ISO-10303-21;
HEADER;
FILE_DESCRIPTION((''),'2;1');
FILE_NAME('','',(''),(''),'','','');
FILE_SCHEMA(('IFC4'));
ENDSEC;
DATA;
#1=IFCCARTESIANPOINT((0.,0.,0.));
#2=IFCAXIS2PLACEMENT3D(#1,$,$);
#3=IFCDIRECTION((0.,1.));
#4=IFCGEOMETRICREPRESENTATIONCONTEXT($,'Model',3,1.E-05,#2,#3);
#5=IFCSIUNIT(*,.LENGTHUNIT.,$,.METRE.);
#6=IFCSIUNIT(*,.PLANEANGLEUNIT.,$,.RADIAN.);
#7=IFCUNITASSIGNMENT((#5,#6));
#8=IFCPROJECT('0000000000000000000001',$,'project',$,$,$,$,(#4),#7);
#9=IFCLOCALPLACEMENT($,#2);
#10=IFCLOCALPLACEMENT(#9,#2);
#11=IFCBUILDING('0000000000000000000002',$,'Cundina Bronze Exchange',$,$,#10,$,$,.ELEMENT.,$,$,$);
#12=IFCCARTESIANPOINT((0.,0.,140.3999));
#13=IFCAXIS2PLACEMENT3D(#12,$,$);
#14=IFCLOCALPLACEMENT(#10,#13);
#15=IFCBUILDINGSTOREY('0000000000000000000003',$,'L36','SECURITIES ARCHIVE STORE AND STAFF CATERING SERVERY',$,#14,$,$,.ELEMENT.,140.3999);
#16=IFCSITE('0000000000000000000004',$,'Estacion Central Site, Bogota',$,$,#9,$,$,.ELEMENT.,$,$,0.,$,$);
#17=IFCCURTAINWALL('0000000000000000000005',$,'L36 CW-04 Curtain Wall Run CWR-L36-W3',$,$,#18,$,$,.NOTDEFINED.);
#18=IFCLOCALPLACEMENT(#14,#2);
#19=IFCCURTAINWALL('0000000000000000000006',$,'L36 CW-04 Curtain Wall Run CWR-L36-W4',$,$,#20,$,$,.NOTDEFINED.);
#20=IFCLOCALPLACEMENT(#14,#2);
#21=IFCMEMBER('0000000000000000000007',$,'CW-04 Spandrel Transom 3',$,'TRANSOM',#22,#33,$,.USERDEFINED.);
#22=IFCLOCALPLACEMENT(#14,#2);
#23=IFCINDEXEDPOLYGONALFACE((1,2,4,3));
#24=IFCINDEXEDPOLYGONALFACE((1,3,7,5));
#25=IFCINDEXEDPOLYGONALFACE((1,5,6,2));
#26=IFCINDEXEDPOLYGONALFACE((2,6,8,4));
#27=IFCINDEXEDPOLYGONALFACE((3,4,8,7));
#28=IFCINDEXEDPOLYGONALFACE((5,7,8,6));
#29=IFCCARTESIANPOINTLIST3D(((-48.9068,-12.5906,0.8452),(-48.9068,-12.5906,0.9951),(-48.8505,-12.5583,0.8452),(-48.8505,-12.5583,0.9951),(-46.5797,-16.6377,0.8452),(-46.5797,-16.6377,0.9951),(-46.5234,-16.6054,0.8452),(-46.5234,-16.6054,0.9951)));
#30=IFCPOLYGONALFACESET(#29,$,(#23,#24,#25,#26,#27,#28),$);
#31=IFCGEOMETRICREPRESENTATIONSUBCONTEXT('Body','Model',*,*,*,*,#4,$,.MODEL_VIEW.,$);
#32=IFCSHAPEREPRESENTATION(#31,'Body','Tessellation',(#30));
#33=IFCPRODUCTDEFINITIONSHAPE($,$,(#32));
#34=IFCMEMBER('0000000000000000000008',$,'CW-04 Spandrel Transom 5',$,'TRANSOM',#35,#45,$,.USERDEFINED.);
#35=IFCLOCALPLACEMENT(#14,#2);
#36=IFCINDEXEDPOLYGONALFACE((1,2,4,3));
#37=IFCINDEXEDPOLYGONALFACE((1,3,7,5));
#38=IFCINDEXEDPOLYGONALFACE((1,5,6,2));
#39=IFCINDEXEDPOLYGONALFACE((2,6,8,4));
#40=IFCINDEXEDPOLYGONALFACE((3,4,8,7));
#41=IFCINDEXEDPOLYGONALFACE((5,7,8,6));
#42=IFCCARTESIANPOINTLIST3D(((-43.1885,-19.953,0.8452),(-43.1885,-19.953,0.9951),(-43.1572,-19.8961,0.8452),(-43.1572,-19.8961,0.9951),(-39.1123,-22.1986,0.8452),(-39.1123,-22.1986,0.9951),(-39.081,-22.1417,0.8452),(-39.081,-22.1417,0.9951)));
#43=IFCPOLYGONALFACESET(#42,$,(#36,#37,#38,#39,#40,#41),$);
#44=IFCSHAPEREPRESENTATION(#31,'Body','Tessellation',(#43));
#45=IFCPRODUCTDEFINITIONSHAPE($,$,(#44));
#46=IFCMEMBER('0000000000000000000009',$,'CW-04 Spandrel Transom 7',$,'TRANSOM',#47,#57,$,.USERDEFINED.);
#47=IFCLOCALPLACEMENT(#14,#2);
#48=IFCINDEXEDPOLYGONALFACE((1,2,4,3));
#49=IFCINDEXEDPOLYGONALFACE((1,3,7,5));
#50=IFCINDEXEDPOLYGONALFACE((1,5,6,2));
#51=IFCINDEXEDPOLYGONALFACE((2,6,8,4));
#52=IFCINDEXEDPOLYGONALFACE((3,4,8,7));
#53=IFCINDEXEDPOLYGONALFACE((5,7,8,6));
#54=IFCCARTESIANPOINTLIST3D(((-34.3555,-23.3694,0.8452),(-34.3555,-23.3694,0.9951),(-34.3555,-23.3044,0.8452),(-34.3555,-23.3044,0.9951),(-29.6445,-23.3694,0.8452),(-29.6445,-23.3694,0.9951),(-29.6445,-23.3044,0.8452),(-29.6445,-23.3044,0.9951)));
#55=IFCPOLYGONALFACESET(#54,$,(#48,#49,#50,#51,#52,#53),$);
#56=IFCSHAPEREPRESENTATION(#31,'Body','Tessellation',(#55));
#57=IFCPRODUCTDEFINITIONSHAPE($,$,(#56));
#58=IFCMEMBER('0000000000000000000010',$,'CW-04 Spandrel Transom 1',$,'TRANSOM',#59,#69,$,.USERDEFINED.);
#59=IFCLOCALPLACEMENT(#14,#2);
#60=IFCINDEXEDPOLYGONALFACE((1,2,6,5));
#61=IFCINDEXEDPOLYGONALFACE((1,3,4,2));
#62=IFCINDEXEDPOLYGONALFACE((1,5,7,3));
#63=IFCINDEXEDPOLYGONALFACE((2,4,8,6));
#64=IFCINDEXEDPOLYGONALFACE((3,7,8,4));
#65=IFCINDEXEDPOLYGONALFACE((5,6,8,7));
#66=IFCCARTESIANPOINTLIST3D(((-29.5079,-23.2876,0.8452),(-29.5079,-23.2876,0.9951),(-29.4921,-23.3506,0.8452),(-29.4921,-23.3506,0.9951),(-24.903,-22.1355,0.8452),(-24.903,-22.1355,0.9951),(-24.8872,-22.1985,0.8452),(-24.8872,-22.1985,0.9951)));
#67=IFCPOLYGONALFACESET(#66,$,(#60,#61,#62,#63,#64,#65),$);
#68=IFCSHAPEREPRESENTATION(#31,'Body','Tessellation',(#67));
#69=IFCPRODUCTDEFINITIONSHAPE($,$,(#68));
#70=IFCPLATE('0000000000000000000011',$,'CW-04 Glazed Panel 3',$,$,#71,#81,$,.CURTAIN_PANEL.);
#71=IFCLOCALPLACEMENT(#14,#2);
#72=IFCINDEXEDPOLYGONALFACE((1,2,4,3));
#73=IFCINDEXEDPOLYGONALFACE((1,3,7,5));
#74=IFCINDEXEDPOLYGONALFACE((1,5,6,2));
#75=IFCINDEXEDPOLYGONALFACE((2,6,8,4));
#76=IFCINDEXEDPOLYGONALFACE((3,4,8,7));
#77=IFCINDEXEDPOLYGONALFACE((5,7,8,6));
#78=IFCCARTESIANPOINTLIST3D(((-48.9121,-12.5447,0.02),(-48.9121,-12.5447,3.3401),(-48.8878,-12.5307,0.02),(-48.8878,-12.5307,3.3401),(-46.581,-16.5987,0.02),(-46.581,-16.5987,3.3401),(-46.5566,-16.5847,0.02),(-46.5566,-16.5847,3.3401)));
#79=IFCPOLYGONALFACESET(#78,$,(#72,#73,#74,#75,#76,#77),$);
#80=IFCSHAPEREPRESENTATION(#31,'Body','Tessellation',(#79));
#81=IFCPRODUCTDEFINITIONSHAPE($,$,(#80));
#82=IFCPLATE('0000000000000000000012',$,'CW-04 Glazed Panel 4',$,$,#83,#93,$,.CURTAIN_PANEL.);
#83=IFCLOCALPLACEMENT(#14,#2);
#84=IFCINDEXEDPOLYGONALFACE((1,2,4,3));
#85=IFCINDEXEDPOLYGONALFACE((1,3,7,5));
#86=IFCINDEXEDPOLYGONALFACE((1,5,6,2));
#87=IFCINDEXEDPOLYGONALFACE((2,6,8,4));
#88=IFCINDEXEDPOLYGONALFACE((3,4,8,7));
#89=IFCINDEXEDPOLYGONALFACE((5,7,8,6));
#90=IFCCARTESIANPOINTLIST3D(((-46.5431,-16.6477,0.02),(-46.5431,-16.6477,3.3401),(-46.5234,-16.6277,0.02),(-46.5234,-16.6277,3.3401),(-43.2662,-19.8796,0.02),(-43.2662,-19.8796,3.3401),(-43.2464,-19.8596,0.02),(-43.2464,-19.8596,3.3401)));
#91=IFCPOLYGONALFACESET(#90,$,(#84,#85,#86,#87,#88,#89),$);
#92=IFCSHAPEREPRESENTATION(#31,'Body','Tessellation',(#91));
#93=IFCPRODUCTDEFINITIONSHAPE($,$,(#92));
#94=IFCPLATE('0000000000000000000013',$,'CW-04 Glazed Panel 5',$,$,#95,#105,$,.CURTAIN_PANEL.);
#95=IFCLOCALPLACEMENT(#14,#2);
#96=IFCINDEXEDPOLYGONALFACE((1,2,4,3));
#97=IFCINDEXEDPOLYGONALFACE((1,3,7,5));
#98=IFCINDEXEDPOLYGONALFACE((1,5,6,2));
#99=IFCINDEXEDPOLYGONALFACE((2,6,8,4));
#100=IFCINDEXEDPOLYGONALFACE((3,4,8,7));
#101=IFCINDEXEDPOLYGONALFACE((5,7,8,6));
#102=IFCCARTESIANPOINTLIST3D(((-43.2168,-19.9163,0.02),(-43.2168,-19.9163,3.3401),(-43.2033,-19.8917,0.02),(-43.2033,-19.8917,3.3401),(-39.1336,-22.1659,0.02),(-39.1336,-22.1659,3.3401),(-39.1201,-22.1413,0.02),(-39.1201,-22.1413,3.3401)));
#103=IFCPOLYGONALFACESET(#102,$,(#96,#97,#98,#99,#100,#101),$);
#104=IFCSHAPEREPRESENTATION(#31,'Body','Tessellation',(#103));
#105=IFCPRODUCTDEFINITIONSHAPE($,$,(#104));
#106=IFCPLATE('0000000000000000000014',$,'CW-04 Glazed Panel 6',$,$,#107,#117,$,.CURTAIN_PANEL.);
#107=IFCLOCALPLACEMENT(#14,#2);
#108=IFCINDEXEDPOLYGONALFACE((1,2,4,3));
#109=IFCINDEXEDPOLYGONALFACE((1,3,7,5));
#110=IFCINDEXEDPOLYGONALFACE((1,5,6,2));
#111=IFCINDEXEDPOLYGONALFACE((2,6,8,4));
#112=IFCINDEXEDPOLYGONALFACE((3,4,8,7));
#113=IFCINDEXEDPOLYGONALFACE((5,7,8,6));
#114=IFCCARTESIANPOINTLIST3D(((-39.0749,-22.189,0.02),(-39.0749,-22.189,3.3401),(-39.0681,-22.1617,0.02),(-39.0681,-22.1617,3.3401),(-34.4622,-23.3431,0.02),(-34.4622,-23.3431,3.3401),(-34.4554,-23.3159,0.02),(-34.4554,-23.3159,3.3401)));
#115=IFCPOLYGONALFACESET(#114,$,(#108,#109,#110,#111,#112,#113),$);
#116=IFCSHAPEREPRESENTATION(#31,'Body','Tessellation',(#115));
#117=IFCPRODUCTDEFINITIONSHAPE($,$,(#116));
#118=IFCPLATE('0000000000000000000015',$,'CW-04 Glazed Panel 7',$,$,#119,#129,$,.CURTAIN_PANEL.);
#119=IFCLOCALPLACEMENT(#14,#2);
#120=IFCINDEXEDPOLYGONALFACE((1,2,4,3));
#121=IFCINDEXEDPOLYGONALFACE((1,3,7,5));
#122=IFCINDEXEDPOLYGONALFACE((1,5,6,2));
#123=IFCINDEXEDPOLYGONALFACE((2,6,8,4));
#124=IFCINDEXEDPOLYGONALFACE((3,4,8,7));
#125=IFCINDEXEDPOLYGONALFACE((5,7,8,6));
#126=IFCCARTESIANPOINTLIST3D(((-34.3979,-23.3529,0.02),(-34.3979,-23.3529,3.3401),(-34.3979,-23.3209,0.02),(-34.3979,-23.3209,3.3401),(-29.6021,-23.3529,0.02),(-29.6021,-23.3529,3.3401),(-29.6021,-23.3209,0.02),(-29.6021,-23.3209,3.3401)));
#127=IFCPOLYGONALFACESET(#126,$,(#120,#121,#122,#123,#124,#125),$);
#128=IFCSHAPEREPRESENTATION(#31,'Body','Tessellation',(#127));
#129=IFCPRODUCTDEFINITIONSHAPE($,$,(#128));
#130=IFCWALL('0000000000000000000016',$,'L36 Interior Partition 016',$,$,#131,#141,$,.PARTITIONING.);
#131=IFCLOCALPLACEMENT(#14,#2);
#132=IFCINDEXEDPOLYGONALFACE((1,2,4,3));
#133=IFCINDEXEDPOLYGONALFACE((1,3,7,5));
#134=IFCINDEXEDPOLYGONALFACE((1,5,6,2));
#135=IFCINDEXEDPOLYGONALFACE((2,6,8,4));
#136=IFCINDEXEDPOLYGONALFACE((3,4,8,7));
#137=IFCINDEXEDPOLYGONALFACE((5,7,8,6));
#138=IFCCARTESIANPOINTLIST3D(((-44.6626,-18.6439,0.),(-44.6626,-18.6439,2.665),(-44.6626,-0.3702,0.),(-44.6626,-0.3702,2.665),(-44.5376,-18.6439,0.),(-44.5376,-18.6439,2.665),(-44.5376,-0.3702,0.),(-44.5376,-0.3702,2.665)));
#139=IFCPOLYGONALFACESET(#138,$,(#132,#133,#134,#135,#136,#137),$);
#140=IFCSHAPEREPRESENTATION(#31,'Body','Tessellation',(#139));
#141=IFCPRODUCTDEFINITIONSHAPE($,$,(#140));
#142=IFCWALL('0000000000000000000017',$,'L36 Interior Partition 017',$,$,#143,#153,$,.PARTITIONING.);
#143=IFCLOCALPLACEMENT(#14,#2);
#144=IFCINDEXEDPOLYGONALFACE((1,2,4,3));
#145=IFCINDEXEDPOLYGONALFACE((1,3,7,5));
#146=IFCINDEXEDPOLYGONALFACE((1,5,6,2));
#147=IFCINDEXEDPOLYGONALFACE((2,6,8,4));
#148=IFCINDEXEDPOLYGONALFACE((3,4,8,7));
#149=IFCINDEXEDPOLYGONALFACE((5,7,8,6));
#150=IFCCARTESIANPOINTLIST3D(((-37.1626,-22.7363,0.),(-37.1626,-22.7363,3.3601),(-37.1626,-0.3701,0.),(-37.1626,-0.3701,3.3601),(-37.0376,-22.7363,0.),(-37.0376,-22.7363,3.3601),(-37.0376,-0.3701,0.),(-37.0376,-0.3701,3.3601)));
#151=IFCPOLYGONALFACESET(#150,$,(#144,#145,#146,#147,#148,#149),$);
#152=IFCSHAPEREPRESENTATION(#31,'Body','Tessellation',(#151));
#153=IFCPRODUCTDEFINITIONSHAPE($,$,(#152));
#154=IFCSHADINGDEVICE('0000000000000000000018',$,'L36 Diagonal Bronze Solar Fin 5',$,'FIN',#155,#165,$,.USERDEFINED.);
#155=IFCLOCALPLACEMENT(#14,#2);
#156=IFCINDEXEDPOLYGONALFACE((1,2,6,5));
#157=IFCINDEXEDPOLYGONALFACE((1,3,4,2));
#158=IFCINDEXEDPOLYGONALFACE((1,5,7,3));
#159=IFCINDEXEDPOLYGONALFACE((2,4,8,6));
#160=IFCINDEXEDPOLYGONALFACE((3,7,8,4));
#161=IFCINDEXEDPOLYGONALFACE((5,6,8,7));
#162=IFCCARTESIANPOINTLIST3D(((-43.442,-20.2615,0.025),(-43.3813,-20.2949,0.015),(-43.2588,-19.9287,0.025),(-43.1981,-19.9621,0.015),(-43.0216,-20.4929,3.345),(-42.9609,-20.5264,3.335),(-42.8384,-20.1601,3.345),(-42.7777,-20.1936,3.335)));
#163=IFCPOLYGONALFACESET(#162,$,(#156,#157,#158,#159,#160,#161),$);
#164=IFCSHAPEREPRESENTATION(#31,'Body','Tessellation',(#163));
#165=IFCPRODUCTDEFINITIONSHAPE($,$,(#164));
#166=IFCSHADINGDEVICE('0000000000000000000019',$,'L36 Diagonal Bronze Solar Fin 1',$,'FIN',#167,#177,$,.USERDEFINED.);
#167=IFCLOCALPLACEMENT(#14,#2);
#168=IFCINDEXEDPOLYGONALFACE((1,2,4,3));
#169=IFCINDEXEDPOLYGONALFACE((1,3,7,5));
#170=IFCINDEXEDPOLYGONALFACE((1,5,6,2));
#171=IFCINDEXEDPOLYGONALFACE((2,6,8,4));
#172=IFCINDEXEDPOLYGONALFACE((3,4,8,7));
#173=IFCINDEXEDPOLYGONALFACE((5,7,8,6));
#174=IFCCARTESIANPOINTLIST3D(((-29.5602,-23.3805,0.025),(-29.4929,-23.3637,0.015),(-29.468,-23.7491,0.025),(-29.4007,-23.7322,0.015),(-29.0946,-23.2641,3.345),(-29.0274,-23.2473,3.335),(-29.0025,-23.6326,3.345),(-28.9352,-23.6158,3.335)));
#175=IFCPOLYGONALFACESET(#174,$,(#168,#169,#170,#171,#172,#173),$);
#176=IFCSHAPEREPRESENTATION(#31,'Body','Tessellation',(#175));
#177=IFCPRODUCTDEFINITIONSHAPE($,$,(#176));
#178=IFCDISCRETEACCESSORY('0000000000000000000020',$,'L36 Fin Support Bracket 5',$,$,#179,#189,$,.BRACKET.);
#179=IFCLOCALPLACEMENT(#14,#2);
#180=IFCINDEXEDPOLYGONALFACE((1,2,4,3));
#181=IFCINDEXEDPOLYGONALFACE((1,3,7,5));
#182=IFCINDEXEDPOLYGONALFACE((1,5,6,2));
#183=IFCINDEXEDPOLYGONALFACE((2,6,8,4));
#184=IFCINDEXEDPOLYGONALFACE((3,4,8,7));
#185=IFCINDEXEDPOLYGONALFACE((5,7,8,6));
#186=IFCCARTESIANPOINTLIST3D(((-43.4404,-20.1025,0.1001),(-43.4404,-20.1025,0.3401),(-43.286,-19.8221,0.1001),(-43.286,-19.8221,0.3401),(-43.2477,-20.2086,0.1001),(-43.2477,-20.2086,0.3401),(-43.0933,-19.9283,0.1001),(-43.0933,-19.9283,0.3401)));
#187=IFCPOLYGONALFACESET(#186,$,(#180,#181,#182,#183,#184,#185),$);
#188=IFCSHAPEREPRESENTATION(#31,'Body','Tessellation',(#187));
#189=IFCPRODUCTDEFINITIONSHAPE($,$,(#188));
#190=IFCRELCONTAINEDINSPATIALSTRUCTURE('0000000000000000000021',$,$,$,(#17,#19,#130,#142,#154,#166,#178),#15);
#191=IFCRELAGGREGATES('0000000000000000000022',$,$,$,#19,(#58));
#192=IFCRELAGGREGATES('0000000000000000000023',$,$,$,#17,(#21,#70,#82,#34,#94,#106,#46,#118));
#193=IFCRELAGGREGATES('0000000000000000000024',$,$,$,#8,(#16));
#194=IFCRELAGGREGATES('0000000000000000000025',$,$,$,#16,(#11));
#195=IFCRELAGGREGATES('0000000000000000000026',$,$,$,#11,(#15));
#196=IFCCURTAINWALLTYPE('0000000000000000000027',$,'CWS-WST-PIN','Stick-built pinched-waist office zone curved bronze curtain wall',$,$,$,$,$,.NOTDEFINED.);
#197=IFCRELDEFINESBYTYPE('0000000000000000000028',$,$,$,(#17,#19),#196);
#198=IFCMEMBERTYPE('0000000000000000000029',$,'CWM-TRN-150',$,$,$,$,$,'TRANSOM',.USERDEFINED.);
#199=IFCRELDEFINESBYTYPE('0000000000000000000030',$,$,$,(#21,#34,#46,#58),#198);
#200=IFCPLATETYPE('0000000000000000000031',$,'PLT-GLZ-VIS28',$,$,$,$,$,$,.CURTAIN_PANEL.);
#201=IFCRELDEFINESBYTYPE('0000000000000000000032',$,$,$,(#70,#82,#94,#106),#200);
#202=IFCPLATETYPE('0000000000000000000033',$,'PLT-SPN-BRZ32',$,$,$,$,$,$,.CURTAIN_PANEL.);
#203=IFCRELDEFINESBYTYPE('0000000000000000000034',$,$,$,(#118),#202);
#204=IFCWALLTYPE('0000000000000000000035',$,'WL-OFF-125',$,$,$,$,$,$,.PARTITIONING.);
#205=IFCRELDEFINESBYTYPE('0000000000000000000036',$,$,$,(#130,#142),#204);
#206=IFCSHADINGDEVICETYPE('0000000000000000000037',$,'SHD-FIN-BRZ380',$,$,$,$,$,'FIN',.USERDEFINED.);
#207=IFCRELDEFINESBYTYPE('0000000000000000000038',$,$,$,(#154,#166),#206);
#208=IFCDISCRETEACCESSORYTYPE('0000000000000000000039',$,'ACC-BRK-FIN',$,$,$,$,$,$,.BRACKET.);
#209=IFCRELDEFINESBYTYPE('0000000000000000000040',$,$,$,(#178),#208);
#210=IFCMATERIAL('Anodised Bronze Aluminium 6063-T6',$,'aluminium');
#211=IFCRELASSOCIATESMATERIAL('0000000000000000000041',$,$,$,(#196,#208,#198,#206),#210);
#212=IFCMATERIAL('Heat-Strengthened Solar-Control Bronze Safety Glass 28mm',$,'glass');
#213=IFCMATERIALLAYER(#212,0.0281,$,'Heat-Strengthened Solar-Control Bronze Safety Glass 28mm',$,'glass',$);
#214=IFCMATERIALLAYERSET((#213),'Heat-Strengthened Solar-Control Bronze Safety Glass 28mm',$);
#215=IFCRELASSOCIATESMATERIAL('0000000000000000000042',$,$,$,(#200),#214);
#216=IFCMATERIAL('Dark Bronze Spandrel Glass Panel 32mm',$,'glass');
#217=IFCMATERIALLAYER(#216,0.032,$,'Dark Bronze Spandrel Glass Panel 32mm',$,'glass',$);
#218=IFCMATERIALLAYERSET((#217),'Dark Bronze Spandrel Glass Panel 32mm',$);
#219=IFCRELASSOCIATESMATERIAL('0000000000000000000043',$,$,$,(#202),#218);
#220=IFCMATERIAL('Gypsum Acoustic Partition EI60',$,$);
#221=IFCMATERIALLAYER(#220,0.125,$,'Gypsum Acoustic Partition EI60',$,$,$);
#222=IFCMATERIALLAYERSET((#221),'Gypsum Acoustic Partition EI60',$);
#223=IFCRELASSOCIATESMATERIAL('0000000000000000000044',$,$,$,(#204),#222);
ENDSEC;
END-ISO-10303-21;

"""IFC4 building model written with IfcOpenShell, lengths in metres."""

from ifc_helpers import new_model, si_unit, direction, frame, frame_2d, origin, origin_2d, place, context, subcontext, project, spatial, rectangle, extrude, material, layer, layer_set, material_profile, profile_set, type_object, element, aggregate, save


model = new_model("IFC4")

# Units and contexts
model_context = context("Model", 3, precision=1e-05, world=origin(), true_north=direction((0.0, 1.0)))
body_context = subcontext(model_context, "Body", "Model", "MODEL_VIEW")
ifc_project = project(units=[si_unit("LENGTHUNIT", "METRE"), si_unit("PLANEANGLEUNIT", "RADIAN")], contexts=[model_context])

# Site, building, storey
site_placement = place(None, origin())
site = spatial("IfcSite", under=ifc_project, at=site_placement, Name="Estacion Central Site, Bogota", CompositionType="ELEMENT", RefElevation=0.0)
building_placement = place(site_placement, origin())
building = spatial("IfcBuilding", under=site, at=building_placement, Name="Cundina Bronze Exchange", CompositionType="ELEMENT")
storey_placement = place(building_placement, frame((0.0, 0.0, 140.3999)))
storey = spatial("IfcBuildingStorey", under=building, at=storey_placement, Name="L36", Description="SECURITIES ARCHIVE STORE AND STAFF CATERING SERVERY", CompositionType="ELEMENT", Elevation=140.3999)

# Curtain wall
ifc_material_1 = material(Name="Anodised Bronze Aluminium 6063-T6", Category="aluminium")
curtain_wall_type = type_object("IfcCurtainWallType", Name="CWS-WST-PIN", Description="Stick-built pinched-waist office zone curved bronze curtain wall", PredefinedType="NOTDEFINED", material=ifc_material_1)
curtain_wall_1_placement = place(storey_placement, origin())
curtain_wall_1 = element("IfcCurtainWall", 1, at=curtain_wall_1_placement, inside=storey, type_object=curtain_wall_type, Name="L36 CW-04 Curtain Wall Run CWR-L36-W3", PredefinedType="NOTDEFINED")

# Curtain wall
curtain_wall_2_placement = place(storey_placement, origin())
curtain_wall_2 = element("IfcCurtainWall", 2, at=curtain_wall_2_placement, inside=storey, type_object=curtain_wall_type, Name="L36 CW-04 Curtain Wall Run CWR-L36-W4", PredefinedType="NOTDEFINED")

# Members
ifc_material_profile_1 = material_profile(ifc_material_1, rectangle(XDim=0.0649, YDim=0.1499, at=origin_2d()), Name="AL65X150", Category="aluminium")
ifc_profile_set_1 = profile_set([ifc_material_profile_1], Name="Anodised Bronze Aluminium 6063-T6")
member_type_1 = type_object("IfcMemberType", Name="CWM-TRN-150", ElementType="TRANSOM", PredefinedType="USERDEFINED", material=ifc_profile_set_1)
member_1_placement = place(storey_placement, frame((-48.8787, -12.5745, 0.9202), z_axis=(0.49848, -0.866901, 0.0), x_axis=(0.866901, 0.49848, 0.0)))
member_1 = element("IfcMember", 3, at=member_1_placement, type_object=member_type_1, Name="CW-04 Spandrel Transom 3", ObjectType="TRANSOM", PredefinedType="USERDEFINED", context=body_context, shape_type="SweptSolid", body=[
    extrude(rectangle(XDim=0.0649, YDim=0.1499, at=origin_2d()), origin(), (0.0, 0.0, 1.0), 4.6685),
])
member_2_placement = place(storey_placement, frame((-43.1729, -19.9246, 0.9202), z_axis=(0.875879, -0.482531, 0.0), x_axis=(0.482531, 0.875879, 0.0)))
member_2 = element("IfcMember", 4, at=member_2_placement, type_object=member_type_1, Name="CW-04 Spandrel Transom 5", ObjectType="TRANSOM", PredefinedType="USERDEFINED", context=body_context, shape_type="SweptSolid", body=[
    extrude(rectangle(XDim=0.0649, YDim=0.1499, at=origin_2d()), origin(), (0.0, 0.0, 1.0), 4.6538),
])
member_3_placement = place(storey_placement, frame((-34.3555, -23.3369, 0.9202), z_axis=(1.0, 0.0, 0.0), x_axis=(0.0, 1.0, 0.0)))
member_3 = element("IfcMember", 5, at=member_3_placement, type_object=member_type_1, Name="CW-04 Spandrel Transom 7", ObjectType="TRANSOM", PredefinedType="USERDEFINED", context=body_context, shape_type="SweptSolid", body=[
    extrude(rectangle(XDim=0.0649, YDim=0.1499, at=origin_2d()), origin(), (0.0, 0.0, 1.0), 4.7109),
])
member_4_placement = place(storey_placement, frame((-29.5, -23.3191, 0.9202), z_axis=(0.9701, 0.242705, 0.0), x_axis=(-0.242705, 0.9701, 0.0)))
member_4 = element("IfcMember", 6, at=member_4_placement, type_object=member_type_1, Name="CW-04 Spandrel Transom 1", ObjectType="TRANSOM", PredefinedType="USERDEFINED", context=body_context, shape_type="SweptSolid", body=[
    extrude(rectangle(XDim=0.0649, YDim=0.1499, at=origin_2d()), origin(), (0.0, 0.0, 1.0), 4.7468),
])
aggregate(curtain_wall_2, [member_4])

# Plates
ifc_material_2 = material(Name="Heat-Strengthened Solar-Control Bronze Safety Glass 28mm", Category="glass")
ifc_layer_1 = layer(ifc_material_2, 0.0281, Name="Heat-Strengthened Solar-Control Bronze Safety Glass 28mm", Category="glass")
ifc_layer_set_1 = layer_set([ifc_layer_1], Name="Heat-Strengthened Solar-Control Bronze Safety Glass 28mm")
plate_type_1 = type_object("IfcPlateType", Name="PLT-GLZ-VIS28", PredefinedType="CURTAIN_PANEL", material=ifc_layer_set_1)
plate_1_placement = place(storey_placement, frame((-47.7344, -14.5647, 0.02), z_axis=(0.0, 0.0, 1.0), x_axis=(0.498488, -0.866897, 0.0)))
plate_1 = element("IfcPlate", 7, at=plate_1_placement, type_object=plate_type_1, Name="CW-04 Glazed Panel 3", PredefinedType="CURTAIN_PANEL", context=body_context, shape_type="SweptSolid", body=[
    extrude(rectangle(XDim=4.6765, YDim=0.0281, at=origin_2d()), origin(), (0.0, 0.0, 1.0), 3.3201),
])
plate_2_placement = place(storey_placement, frame((-44.8948, -18.2537, 0.02), z_axis=(0.0, 0.0, 1.0), x_axis=(0.711989, -0.70219, 0.0)))
plate_2 = element("IfcPlate", 8, at=plate_2_placement, type_object=plate_type_1, Name="CW-04 Glazed Panel 4", PredefinedType="CURTAIN_PANEL", context=body_context, shape_type="SweptSolid", body=[
    extrude(rectangle(XDim=4.6025, YDim=0.0281, at=origin_2d()), origin(), (0.0, 0.0, 1.0), 3.3201),
])
plate_3_placement = place(storey_placement, frame((-41.1685, -21.0288, 0.02), z_axis=(0.0, 0.0, 1.0), x_axis=(0.875869, -0.482549, 0.0)))
plate_3 = element("IfcPlate", 9, at=plate_3_placement, type_object=plate_type_1, Name="CW-04 Glazed Panel 5", PredefinedType="CURTAIN_PANEL", context=body_context, shape_type="SweptSolid", body=[
    extrude(rectangle(XDim=4.6619, YDim=0.0281, at=origin_2d()), origin(), (0.0, 0.0, 1.0), 3.3201),
])
plate_4_placement = place(storey_placement, frame((-36.7651, -22.7524, 0.02), z_axis=(0.0, 0.0, 1.0), x_axis=(0.970093, -0.242735, 0.0)))
plate_4 = element("IfcPlate", 10, at=plate_4_placement, type_object=plate_type_1, Name="CW-04 Glazed Panel 6", PredefinedType="CURTAIN_PANEL", context=body_context, shape_type="SweptSolid", body=[
    extrude(rectangle(XDim=4.7549, YDim=0.0281, at=origin_2d()), origin(), (0.0, 0.0, 1.0), 3.3201),
])
ifc_material_3 = material(Name="Dark Bronze Spandrel Glass Panel 32mm", Category="glass")
ifc_layer_2 = layer(ifc_material_3, 0.032, Name="Dark Bronze Spandrel Glass Panel 32mm", Category="glass")
ifc_layer_set_2 = layer_set([ifc_layer_2], Name="Dark Bronze Spandrel Glass Panel 32mm")
plate_type_2 = type_object("IfcPlateType", Name="PLT-SPN-BRZ32", PredefinedType="CURTAIN_PANEL", material=ifc_layer_set_2)
plate_5_placement = place(storey_placement, frame((-32.0, -23.3369, 0.02), z_axis=(0.0, 0.0, 1.0), x_axis=(1.0, 0.0, 0.0)))
plate_5 = element("IfcPlate", 11, at=plate_5_placement, type_object=plate_type_2, Name="CW-04 Glazed Panel 7", PredefinedType="CURTAIN_PANEL", context=body_context, shape_type="SweptSolid", body=[
    extrude(rectangle(XDim=4.7959, YDim=0.032, at=origin_2d()), origin(), (0.0, 0.0, 1.0), 3.3201),
])
aggregate(curtain_wall_1, [member_1, plate_1, plate_2, member_2, plate_3, plate_4, member_3, plate_5])

# Walls
ifc_material_4 = material(Name="Gypsum Acoustic Partition EI60")
ifc_layer_3 = layer(ifc_material_4, 0.125, Name="Gypsum Acoustic Partition EI60")
ifc_layer_set_3 = layer_set([ifc_layer_3], Name="Gypsum Acoustic Partition EI60")
wall_type = type_object("IfcWallType", Name="WL-OFF-125", PredefinedType="PARTITIONING", material=ifc_layer_set_3)
wall_1_placement = place(storey_placement, frame((-44.6001, -18.6438, 0.0), z_axis=(0.0, 0.0, 1.0), x_axis=(0.0, 1.0, 0.0)))
element("IfcWall", 12, at=wall_1_placement, inside=storey, type_object=wall_type, Name="L36 Interior Partition 016", PredefinedType="PARTITIONING", context=body_context, shape_type="SweptSolid", body=[
    extrude(rectangle(XDim=18.2737, YDim=0.125, at=frame_2d((9.1367, 0.0))), origin(), (0.0, 0.0, 1.0), 2.665),
])
wall_2_placement = place(storey_placement, frame((-37.1001, -22.7363, 0.0), z_axis=(0.0, 0.0, 1.0), x_axis=(0.0, 1.0, 0.0)))
element("IfcWall", 13, at=wall_2_placement, inside=storey, type_object=wall_type, Name="L36 Interior Partition 017", PredefinedType="PARTITIONING", context=body_context, shape_type="SweptSolid", body=[
    extrude(rectangle(XDim=22.3662, YDim=0.125, at=frame_2d((11.1831, 0.0))), origin(), (0.0, 0.0, 1.0), 3.3601),
])

# Shading devices
ifc_material_profile_2 = material_profile(ifc_material_1, rectangle(XDim=0.0701, YDim=0.3799, at=origin_2d()), Name="FIN70X380", Category="aluminium")
ifc_profile_set_2 = profile_set([ifc_material_profile_2], Name="Anodised Bronze Aluminium 6063-T6")
shading_device_type = type_object("IfcShadingDeviceType", Name="SHD-FIN-BRZ380", ElementType="FIN", PredefinedType="USERDEFINED", material=ifc_profile_set_2)
for number, where, z_axis, x_axis, name in (
    (14, (-43.3201, -20.1118, 0.02), (0.125324, -0.068994, 0.989714), (-0.867012, 0.47731, 0.143061), "L36 Diagonal Bronze Solar Fin 5"),
    (15, (-29.4805, -23.5564, 0.02), (0.138788, 0.034715, 0.989713), (-0.960133, -0.240159, 0.143064), "L36 Diagonal Bronze Solar Fin 1"),
):
    element("IfcShadingDevice", number, at=place(storey_placement, frame(where, z_axis=z_axis, x_axis=x_axis)), inside=storey, type_object=shading_device_type, Name=name, ObjectType="FIN", PredefinedType="USERDEFINED", context=body_context, shape_type="SweptSolid", body=[
        extrude(rectangle(XDim=0.0701, YDim=0.3799, at=origin_2d()), origin(), (0.0, 0.0, 1.0), 3.3545),
    ])

# Discrete accessory
discrete_accessory_type = type_object("IfcDiscreteAccessoryType", Name="ACC-BRK-FIN", PredefinedType="BRACKET", material=ifc_material_1)
for number, where, z_axis, x_axis, name in (
    (16, (-43.2668, -20.0154, 0.1001), (0.0, 0.0, 1.0), (0.875869, -0.482549, 0.0), "L36 Fin Support Bracket 5"),
):
    element("IfcDiscreteAccessory", number, at=place(storey_placement, frame(where, z_axis=z_axis, x_axis=x_axis)), inside=storey, type_object=discrete_accessory_type, Name=name, PredefinedType="BRACKET", context=body_context, shape_type="SweptSolid", body=[
        extrude(rectangle(XDim=0.22, YDim=0.3201, at=origin_2d()), origin(), (0.0, 0.0, 1.0), 0.24),
    ])

save(model, "model.ifc")
